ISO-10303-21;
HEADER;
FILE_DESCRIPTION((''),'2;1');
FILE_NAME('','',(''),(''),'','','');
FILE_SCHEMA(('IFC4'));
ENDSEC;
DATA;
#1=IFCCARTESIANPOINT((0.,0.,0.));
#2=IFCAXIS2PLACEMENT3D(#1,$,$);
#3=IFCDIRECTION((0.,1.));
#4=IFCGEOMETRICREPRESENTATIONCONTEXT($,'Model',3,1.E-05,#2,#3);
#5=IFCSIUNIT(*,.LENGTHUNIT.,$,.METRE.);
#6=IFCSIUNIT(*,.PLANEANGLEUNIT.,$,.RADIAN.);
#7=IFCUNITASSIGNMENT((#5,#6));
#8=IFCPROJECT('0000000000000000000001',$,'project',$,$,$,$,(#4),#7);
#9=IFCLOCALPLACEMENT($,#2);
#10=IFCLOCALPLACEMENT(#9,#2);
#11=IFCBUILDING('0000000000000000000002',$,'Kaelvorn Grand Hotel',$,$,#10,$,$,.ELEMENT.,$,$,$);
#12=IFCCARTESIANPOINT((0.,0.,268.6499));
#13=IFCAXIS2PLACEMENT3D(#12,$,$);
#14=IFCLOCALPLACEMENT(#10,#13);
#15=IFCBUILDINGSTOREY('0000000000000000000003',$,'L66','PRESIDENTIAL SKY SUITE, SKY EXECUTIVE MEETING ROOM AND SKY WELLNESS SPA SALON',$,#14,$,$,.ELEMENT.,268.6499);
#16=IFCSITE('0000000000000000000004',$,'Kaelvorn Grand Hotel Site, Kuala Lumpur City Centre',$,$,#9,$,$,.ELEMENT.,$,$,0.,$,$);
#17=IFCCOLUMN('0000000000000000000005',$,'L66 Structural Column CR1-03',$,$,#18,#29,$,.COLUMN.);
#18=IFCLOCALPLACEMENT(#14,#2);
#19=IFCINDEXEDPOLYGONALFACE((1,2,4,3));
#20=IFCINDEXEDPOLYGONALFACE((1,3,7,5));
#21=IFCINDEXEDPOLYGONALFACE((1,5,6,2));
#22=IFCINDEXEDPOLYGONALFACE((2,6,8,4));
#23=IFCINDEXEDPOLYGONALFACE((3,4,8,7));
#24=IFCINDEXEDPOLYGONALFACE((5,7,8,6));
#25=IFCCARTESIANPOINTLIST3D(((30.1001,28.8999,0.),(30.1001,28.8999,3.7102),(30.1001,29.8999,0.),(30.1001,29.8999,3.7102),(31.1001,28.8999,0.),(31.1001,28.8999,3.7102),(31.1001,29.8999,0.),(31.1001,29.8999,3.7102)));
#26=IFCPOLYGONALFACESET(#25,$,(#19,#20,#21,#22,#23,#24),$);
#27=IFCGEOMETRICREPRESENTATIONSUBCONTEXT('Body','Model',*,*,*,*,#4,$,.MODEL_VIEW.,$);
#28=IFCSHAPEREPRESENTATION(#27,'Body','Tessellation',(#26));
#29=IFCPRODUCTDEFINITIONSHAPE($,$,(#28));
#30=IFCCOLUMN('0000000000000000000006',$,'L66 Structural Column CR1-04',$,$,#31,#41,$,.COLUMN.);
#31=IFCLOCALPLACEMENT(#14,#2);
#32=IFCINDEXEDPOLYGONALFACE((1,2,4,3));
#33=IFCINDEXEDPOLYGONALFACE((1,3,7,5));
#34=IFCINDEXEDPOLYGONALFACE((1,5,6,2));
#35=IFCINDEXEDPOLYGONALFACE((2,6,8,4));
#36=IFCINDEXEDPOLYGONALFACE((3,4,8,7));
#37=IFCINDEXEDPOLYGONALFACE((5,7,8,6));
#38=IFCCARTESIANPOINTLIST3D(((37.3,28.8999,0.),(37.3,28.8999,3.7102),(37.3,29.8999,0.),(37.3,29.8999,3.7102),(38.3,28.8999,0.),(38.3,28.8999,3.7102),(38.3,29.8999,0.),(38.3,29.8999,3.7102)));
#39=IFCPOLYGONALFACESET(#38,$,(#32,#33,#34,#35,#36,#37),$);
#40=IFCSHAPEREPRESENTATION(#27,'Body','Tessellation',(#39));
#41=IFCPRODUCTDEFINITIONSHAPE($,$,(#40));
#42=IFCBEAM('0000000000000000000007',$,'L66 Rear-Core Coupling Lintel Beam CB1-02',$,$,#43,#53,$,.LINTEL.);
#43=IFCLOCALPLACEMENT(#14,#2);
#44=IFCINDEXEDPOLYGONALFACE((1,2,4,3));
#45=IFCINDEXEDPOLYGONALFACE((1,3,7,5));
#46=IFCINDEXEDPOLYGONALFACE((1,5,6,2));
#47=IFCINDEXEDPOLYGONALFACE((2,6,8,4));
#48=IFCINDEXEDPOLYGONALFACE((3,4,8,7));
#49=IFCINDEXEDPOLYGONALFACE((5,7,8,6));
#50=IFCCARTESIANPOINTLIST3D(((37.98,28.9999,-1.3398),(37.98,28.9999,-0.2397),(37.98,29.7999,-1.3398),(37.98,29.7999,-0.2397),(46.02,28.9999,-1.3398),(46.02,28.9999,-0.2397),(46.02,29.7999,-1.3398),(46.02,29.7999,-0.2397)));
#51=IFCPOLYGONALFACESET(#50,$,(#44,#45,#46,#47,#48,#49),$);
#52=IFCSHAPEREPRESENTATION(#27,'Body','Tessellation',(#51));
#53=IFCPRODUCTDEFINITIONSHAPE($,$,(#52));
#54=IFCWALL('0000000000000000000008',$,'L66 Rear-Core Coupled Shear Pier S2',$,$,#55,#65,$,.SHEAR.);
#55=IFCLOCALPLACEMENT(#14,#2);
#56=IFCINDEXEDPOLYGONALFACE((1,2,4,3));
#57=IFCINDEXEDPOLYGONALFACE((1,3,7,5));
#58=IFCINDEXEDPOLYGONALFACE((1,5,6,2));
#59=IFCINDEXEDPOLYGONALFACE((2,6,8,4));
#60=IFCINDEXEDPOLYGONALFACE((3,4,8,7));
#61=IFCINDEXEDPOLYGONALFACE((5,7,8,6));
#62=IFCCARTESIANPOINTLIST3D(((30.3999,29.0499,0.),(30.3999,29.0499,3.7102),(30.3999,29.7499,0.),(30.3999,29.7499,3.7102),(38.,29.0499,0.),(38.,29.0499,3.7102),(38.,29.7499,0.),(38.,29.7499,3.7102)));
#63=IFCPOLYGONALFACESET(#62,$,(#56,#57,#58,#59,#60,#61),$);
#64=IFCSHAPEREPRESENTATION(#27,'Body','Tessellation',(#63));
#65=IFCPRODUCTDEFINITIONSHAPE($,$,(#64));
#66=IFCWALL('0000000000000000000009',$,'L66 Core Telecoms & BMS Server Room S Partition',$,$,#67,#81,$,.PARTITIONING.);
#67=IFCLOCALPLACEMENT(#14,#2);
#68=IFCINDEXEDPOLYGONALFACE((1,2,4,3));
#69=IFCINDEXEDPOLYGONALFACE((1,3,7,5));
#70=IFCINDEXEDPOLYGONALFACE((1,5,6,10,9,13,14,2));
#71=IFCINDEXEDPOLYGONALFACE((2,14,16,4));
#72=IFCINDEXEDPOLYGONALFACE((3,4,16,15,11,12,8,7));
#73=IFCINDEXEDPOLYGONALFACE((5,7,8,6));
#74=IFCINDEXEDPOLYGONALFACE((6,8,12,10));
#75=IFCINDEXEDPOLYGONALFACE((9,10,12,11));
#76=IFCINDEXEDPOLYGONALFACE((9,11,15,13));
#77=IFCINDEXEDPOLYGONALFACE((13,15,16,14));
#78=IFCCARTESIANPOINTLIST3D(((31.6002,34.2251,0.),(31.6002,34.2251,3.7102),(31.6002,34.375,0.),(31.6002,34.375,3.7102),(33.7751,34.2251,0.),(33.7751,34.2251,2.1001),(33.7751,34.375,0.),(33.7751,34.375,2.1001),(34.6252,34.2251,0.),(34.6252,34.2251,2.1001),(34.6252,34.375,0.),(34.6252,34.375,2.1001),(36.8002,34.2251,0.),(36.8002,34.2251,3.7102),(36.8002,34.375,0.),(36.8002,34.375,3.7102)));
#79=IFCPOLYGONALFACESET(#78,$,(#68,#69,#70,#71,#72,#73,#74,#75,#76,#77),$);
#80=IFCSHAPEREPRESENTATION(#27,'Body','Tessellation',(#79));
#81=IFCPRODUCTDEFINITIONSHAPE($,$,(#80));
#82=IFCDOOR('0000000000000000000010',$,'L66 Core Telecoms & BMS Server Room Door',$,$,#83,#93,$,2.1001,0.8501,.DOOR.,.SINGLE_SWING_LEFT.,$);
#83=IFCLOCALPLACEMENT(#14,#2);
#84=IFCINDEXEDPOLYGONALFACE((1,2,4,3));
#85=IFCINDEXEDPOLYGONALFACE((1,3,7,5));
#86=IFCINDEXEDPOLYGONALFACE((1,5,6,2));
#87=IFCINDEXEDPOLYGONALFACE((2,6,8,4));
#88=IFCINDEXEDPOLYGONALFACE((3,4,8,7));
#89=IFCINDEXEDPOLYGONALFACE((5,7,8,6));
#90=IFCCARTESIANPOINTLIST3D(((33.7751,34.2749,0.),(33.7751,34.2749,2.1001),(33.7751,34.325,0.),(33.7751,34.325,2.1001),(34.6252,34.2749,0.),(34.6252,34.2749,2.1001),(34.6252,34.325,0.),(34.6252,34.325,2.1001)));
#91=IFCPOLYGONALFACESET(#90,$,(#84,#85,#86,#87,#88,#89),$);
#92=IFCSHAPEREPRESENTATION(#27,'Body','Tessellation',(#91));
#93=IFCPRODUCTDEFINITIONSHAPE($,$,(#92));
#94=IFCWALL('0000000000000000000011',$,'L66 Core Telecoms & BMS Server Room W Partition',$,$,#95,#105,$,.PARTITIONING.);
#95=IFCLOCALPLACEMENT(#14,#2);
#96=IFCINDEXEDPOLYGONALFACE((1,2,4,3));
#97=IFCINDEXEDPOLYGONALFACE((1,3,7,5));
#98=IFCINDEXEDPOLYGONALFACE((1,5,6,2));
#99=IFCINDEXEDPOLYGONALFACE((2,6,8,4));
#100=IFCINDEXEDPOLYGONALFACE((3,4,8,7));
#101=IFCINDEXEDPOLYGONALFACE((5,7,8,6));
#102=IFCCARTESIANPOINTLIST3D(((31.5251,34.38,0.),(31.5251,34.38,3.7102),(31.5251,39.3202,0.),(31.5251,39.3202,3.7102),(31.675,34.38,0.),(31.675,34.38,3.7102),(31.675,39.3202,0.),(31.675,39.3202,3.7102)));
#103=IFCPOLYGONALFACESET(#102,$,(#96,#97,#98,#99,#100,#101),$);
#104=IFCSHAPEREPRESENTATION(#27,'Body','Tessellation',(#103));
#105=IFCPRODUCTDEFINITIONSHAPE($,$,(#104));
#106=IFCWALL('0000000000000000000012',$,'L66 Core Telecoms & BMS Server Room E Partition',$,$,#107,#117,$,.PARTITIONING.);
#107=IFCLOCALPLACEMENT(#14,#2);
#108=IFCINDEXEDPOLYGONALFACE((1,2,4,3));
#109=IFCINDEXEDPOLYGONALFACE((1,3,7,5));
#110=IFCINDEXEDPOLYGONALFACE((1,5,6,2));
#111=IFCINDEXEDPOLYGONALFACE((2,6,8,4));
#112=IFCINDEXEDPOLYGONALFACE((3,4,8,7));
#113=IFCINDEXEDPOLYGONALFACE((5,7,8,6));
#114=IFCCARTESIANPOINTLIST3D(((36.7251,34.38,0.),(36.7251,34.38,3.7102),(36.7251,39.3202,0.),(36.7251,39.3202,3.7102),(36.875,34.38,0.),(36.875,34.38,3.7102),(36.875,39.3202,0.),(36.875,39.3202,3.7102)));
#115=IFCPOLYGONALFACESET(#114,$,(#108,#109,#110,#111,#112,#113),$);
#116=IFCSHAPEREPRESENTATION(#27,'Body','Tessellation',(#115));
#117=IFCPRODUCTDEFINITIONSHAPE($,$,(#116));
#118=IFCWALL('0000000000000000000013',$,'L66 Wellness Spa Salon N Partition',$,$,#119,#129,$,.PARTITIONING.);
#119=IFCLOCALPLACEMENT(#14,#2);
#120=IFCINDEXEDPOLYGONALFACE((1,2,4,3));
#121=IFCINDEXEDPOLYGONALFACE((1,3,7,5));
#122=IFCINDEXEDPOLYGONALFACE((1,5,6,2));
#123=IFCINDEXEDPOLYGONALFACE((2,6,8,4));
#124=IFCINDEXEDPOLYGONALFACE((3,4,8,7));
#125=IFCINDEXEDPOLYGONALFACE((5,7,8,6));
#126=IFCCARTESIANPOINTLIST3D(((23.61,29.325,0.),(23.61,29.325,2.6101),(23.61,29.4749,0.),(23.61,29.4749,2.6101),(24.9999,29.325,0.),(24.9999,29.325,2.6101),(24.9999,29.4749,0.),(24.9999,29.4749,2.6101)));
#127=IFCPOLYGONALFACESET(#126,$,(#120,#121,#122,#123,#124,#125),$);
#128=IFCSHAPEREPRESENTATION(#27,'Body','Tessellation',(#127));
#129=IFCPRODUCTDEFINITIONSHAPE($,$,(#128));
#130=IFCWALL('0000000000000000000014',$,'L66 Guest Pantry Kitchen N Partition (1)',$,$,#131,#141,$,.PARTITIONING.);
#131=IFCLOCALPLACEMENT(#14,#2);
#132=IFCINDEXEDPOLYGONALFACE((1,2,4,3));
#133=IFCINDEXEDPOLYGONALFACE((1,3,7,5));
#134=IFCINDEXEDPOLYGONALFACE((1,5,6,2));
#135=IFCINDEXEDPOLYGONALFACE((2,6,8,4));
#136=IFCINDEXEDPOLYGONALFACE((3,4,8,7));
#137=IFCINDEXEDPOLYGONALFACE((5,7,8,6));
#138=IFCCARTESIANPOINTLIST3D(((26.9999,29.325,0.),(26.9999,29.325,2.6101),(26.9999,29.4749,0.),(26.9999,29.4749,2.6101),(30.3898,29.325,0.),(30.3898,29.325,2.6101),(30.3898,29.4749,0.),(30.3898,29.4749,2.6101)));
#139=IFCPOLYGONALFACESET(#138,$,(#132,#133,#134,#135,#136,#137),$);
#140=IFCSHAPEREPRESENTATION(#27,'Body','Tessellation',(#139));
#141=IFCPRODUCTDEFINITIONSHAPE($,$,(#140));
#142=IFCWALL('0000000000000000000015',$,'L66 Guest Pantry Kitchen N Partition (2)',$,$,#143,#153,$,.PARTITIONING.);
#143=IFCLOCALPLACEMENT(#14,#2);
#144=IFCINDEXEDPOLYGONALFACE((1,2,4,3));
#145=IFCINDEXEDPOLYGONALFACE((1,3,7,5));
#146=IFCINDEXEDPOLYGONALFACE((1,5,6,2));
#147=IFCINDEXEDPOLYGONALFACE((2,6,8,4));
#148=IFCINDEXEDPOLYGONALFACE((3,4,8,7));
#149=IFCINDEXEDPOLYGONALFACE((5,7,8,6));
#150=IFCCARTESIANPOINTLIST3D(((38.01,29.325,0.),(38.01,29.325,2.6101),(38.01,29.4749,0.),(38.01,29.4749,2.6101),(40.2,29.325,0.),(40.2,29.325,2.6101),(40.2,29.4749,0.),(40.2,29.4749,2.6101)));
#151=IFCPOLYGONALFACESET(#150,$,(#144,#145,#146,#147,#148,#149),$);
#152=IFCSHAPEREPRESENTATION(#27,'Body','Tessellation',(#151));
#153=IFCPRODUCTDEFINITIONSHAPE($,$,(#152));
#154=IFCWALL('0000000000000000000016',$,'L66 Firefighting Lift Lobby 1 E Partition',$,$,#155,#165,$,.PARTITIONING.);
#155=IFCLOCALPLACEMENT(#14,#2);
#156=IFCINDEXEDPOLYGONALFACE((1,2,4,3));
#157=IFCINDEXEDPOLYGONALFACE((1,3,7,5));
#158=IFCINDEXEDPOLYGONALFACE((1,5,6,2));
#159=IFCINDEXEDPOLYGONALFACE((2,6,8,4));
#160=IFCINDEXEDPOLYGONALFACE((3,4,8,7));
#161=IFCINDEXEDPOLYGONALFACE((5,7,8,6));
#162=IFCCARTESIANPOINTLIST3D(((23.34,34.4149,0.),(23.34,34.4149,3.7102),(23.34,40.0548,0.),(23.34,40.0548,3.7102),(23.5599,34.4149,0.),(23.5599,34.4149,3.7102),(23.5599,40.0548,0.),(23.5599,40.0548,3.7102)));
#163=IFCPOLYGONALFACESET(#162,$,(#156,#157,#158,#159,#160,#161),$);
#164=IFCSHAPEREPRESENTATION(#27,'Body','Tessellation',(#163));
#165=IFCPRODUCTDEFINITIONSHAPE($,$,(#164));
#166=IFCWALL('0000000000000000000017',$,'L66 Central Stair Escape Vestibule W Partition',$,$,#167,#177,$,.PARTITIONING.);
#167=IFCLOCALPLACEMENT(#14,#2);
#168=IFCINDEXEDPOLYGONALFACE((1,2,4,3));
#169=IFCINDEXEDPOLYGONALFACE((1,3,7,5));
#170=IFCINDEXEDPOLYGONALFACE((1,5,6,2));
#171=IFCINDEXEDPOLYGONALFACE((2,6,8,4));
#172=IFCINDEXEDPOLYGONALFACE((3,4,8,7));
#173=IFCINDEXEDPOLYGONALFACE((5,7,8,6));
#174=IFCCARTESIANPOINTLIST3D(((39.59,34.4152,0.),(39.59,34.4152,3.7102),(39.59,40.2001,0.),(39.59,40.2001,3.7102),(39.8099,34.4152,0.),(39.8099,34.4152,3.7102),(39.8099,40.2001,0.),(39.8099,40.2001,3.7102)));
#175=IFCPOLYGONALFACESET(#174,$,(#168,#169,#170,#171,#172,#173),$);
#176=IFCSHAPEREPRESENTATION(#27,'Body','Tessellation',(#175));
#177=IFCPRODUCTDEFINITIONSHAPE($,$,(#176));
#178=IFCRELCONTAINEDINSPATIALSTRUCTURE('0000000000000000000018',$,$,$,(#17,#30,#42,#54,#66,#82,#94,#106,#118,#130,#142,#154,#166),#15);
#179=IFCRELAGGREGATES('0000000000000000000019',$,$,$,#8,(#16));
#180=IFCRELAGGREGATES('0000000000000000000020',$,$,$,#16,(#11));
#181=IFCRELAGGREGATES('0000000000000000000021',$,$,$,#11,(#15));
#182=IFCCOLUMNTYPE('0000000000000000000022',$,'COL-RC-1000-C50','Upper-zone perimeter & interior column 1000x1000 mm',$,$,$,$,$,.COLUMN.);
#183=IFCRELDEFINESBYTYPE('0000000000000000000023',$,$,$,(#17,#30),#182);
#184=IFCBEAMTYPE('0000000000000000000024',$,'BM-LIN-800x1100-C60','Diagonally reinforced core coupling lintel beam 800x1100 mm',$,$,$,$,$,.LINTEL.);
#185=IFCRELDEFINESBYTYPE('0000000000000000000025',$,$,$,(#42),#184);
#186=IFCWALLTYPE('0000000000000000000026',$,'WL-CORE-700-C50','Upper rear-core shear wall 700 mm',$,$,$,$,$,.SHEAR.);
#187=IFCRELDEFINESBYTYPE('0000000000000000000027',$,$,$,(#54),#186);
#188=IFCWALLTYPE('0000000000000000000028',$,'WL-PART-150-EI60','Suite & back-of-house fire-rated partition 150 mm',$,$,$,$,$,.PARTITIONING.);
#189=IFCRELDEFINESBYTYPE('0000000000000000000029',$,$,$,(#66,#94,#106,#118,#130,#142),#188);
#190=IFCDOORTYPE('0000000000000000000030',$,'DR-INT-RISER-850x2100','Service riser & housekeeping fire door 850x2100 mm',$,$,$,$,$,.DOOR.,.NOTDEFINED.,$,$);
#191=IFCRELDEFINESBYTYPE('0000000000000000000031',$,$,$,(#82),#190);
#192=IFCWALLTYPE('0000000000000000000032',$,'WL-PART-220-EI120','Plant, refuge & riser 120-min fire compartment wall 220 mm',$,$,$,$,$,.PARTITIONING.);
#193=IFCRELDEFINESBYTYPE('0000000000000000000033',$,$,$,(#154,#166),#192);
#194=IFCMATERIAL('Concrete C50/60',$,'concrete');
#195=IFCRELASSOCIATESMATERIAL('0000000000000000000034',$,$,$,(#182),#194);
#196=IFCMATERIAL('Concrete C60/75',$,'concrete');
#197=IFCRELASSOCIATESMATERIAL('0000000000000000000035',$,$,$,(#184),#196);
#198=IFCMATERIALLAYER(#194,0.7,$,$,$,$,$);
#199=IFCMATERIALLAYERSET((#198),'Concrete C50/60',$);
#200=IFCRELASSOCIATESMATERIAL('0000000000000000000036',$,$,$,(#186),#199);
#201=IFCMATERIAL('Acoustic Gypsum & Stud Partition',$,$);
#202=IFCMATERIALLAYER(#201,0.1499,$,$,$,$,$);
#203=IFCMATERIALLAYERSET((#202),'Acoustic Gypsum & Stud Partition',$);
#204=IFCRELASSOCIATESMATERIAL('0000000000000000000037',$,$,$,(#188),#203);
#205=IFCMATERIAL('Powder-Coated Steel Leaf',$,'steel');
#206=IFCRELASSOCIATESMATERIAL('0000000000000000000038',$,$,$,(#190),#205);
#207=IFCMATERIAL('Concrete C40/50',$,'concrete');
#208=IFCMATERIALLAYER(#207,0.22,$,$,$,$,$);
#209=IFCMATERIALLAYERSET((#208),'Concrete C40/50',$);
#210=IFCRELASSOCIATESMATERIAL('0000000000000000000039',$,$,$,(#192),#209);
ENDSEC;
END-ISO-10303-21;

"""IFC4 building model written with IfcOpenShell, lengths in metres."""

from ifc_helpers import new_model, si_unit, direction, frame, frame_2d, origin, origin_2d, place, context, subcontext, project, spatial, rectangle, extrude, material, layer, layer_set, material_profile, profile_set, type_object, element, fill, save


model = new_model("IFC4")

# Units and contexts
model_context = context("Model", 3, precision=1e-05, world=origin(), true_north=direction((0.0, 1.0)))
body_context = subcontext(model_context, "Body", "Model", "MODEL_VIEW")
ifc_project = project(units=[si_unit("LENGTHUNIT", "METRE"), si_unit("PLANEANGLEUNIT", "RADIAN")], contexts=[model_context])

# Site, building, storey
site_placement = place(None, origin())
site = spatial("IfcSite", under=ifc_project, at=site_placement, Name="Kaelvorn Grand Hotel Site, Kuala Lumpur City Centre", CompositionType="ELEMENT", RefElevation=0.0)
building_placement = place(site_placement, origin())
building = spatial("IfcBuilding", under=site, at=building_placement, Name="Kaelvorn Grand Hotel", CompositionType="ELEMENT")
storey_placement = place(building_placement, frame((0.0, 0.0, 268.6499)))
storey = spatial("IfcBuildingStorey", under=building, at=storey_placement, Name="L66", Description="PRESIDENTIAL SKY SUITE, SKY EXECUTIVE MEETING ROOM AND SKY WELLNESS SPA SALON", CompositionType="ELEMENT", Elevation=268.6499)

# Columns
ifc_material_1 = material(Name="Concrete C50/60", Category="concrete")
ifc_material_profile_1 = material_profile(ifc_material_1, rectangle(XDim=1.0, YDim=1.0, at=origin_2d()), Name="RC COL 1000x1000")
ifc_profile_set_1 = profile_set([ifc_material_profile_1], Name="Concrete C50/60")
column_type = type_object("IfcColumnType", Name="COL-RC-1000-C50", Description="Upper-zone perimeter & interior column 1000x1000 mm", PredefinedType="COLUMN", material=ifc_profile_set_1)
for number, where, z_axis, x_axis, name in (
    (1, (30.6001, 29.3999, 0.0), (0.0, 0.0, 1.0), (1.0, 0.0, 0.0), "L66 Structural Column CR1-03"),
    (2, (37.8, 29.3999, 0.0), (0.0, 0.0, 1.0), (1.0, 0.0, 0.0), "L66 Structural Column CR1-04"),
):
    element("IfcColumn", number, at=place(storey_placement, frame(where, z_axis=z_axis, x_axis=x_axis)), inside=storey, type_object=column_type, Name=name, PredefinedType="COLUMN", context=body_context, shape_type="SweptSolid", body=[
        extrude(rectangle(XDim=1.0, YDim=1.0, at=origin_2d()), origin(), (0.0, 0.0, 1.0), 3.7102),
    ])

# Beam
ifc_material_2 = material(Name="Concrete C60/75", Category="concrete")
ifc_material_profile_2 = material_profile(ifc_material_2, rectangle(XDim=0.8, YDim=1.1001, at=origin_2d()), Name="RC LINTEL 800x1100")
ifc_profile_set_2 = profile_set([ifc_material_profile_2], Name="Concrete C60/75")
beam_type = type_object("IfcBeamType", Name="BM-LIN-800x1100-C60", Description="Diagonally reinforced core coupling lintel beam 800x1100 mm", PredefinedType="LINTEL", material=ifc_profile_set_2)
beam_placement = place(storey_placement, frame((37.98, 29.3999, -0.7898), z_axis=(1.0, 0.0, 0.0), x_axis=(0.0, 1.0, 0.0)))
element("IfcBeam", 3, at=beam_placement, inside=storey, type_object=beam_type, Name="L66 Rear-Core Coupling Lintel Beam CB1-02", PredefinedType="LINTEL", context=body_context, shape_type="SweptSolid", body=[
    extrude(rectangle(XDim=0.8, YDim=1.1001, at=origin_2d()), origin(), (0.0, 0.0, 1.0), 8.04),
])

# Wall
ifc_layer_1 = layer(ifc_material_1, 0.7)
ifc_layer_set_1 = layer_set([ifc_layer_1], Name="Concrete C50/60")
wall_type_1 = type_object("IfcWallType", Name="WL-CORE-700-C50", Description="Upper rear-core shear wall 700 mm", PredefinedType="SHEAR", material=ifc_layer_set_1)
wall_1_placement = place(storey_placement, frame((30.3999, 29.3999, 0.0), z_axis=(0.0, 0.0, 1.0), x_axis=(1.0, 0.0, 0.0)))
element("IfcWall", 4, at=wall_1_placement, inside=storey, type_object=wall_type_1, Name="L66 Rear-Core Coupled Shear Pier S2", PredefinedType="SHEAR", context=body_context, shape_type="SweptSolid", body=[
    extrude(rectangle(XDim=7.6001, YDim=0.7, at=frame_2d((3.8, 0.0))), origin(), (0.0, 0.0, 1.0), 3.7102),
])

# Wall, opening, door
ifc_material_3 = material(Name="Acoustic Gypsum & Stud Partition")
ifc_layer_2 = layer(ifc_material_3, 0.1499)
ifc_layer_set_2 = layer_set([ifc_layer_2], Name="Acoustic Gypsum & Stud Partition")
wall_type_2 = type_object("IfcWallType", Name="WL-PART-150-EI60", Description="Suite & back-of-house fire-rated partition 150 mm", PredefinedType="PARTITIONING", material=ifc_layer_set_2)
wall_2_placement = place(storey_placement, frame((31.6001, 34.3, 0.0), z_axis=(0.0, 0.0, 1.0), x_axis=(1.0, 0.0, 0.0)))
wall_2 = element("IfcWall", 5, at=wall_2_placement, inside=storey, type_object=wall_type_2, Name="L66 Core Telecoms & BMS Server Room S Partition", PredefinedType="PARTITIONING", context=body_context, shape_type="SweptSolid", body=[
    extrude(rectangle(XDim=5.2, YDim=0.1499, at=frame_2d((2.6001, 0.0))), origin(), (0.0, 0.0, 1.0), 3.7102),
])
opening_1_placement = place(wall_2_placement, frame((2.175, 0.0, 0.0)))
opening_1 = element("IfcOpeningElement", 6, at=opening_1_placement, cuts=wall_2, PredefinedType="OPENING", context=body_context, shape_type="SweptSolid", body=[
    extrude(rectangle(XDim=0.8501, YDim=2.1001, at=frame_2d((0.425, 1.05))), frame((0.0, 0.085, 0.0), z_axis=(0.0, -1.0, 0.0), x_axis=(1.0, 0.0, 0.0)), (0.0, 0.0, 1.0), 0.1699),
])
ifc_material_4 = material(Name="Powder-Coated Steel Leaf", Category="steel")
door_type_1 = type_object("IfcDoorType", Name="DR-INT-RISER-850x2100", Description="Service riser & housekeeping fire door 850x2100 mm", OperationType="NOTDEFINED", PredefinedType="DOOR", material=ifc_material_4)
door_1_placement = place(opening_1_placement, origin())
door_1 = element("IfcDoor", 7, at=door_1_placement, inside=storey, type_object=door_type_1, Name="L66 Core Telecoms & BMS Server Room Door", OperationType="SINGLE_SWING_LEFT", OverallHeight=2.1001, OverallWidth=0.8501, PredefinedType="DOOR", context=body_context, shape_type="SweptSolid", body=[
    extrude(rectangle(XDim=0.8501, YDim=2.1001, at=frame_2d((0.425, 1.05))), frame((0.0, 0.0249, 0.0), z_axis=(0.0, -1.0, 0.0), x_axis=(1.0, 0.0, 0.0)), (0.0, 0.0, 1.0), 0.05),
])
fill(opening_1, door_1)

# Walls
for number, where, z_axis, x_axis, name in (
    (8, (31.6001, 34.3799, 0.0), (0.0, 0.0, 1.0), (0.0, 1.0, 0.0), "L66 Core Telecoms & BMS Server Room W Partition"),
    (9, (36.8, 34.3799, 0.0), (0.0, 0.0, 1.0), (0.0, 1.0, 0.0), "L66 Core Telecoms & BMS Server Room E Partition"),
):
    element("IfcWall", number, at=place(storey_placement, frame(where, z_axis=z_axis, x_axis=x_axis)), inside=storey, type_object=wall_type_2, Name=name, PredefinedType="PARTITIONING", context=body_context, shape_type="SweptSolid", body=[
        extrude(rectangle(XDim=4.9402, YDim=0.1499, at=frame_2d((2.4702, 0.0))), origin(), (0.0, 0.0, 1.0), 3.7102),
    ])
wall_3_placement = place(storey_placement, frame((23.6101, 29.3999, 0.0), z_axis=(0.0, 0.0, 1.0), x_axis=(1.0, 0.0, 0.0)))
element("IfcWall", 10, at=wall_3_placement, inside=storey, type_object=wall_type_2, Name="L66 Wellness Spa Salon N Partition", PredefinedType="PARTITIONING", context=body_context, shape_type="SweptSolid", body=[
    extrude(rectangle(XDim=1.3899, YDim=0.1499, at=frame_2d((0.6948, 0.0))), origin(), (0.0, 0.0, 1.0), 2.6101),
])
wall_4_placement = place(storey_placement, frame((27.0, 29.3999, 0.0), z_axis=(0.0, 0.0, 1.0), x_axis=(1.0, 0.0, 0.0)))
element("IfcWall", 11, at=wall_4_placement, inside=storey, type_object=wall_type_2, Name="L66 Guest Pantry Kitchen N Partition (1)", PredefinedType="PARTITIONING", context=body_context, shape_type="SweptSolid", body=[
    extrude(rectangle(XDim=3.3899, YDim=0.1499, at=frame_2d((1.6948, 0.0))), origin(), (0.0, 0.0, 1.0), 2.6101),
])
wall_5_placement = place(storey_placement, frame((38.01, 29.3999, 0.0), z_axis=(0.0, 0.0, 1.0), x_axis=(1.0, 0.0, 0.0)))
element("IfcWall", 12, at=wall_5_placement, inside=storey, type_object=wall_type_2, Name="L66 Guest Pantry Kitchen N Partition (2)", PredefinedType="PARTITIONING", context=body_context, shape_type="SweptSolid", body=[
    extrude(rectangle(XDim=2.1899, YDim=0.1499, at=frame_2d((1.095, 0.0))), origin(), (0.0, 0.0, 1.0), 2.6101),
])
ifc_material_5 = material(Name="Concrete C40/50", Category="concrete")
ifc_layer_3 = layer(ifc_material_5, 0.22)
ifc_layer_set_3 = layer_set([ifc_layer_3], Name="Concrete C40/50")
wall_type_3 = type_object("IfcWallType", Name="WL-PART-220-EI120", Description="Plant, refuge & riser 120-min fire compartment wall 220 mm", PredefinedType="PARTITIONING", material=ifc_layer_set_3)
wall_6_placement = place(storey_placement, frame((23.45, 34.415, 0.0), z_axis=(0.0, 0.0, 1.0), x_axis=(0.0, 1.0, 0.0)))
element("IfcWall", 13, at=wall_6_placement, inside=storey, type_object=wall_type_3, Name="L66 Firefighting Lift Lobby 1 E Partition", PredefinedType="PARTITIONING", context=body_context, shape_type="SweptSolid", body=[
    extrude(rectangle(XDim=5.6399, YDim=0.22, at=frame_2d((2.8198, 0.0))), origin(), (0.0, 0.0, 1.0), 3.7102),
])

# Wall
wall_7_placement = place(storey_placement, frame((39.7, 34.415, 0.0), z_axis=(0.0, 0.0, 1.0), x_axis=(0.0, 1.0, 0.0)))
element("IfcWall", 14, at=wall_7_placement, inside=storey, type_object=wall_type_3, Name="L66 Central Stair Escape Vestibule W Partition", PredefinedType="PARTITIONING", context=body_context, shape_type="SweptSolid", body=[
    extrude(rectangle(XDim=5.7849, YDim=0.22, at=frame_2d((2.8926, 0.0))), origin(), (0.0, 0.0, 1.0), 3.7102),
])

save(model, "model.ifc")
